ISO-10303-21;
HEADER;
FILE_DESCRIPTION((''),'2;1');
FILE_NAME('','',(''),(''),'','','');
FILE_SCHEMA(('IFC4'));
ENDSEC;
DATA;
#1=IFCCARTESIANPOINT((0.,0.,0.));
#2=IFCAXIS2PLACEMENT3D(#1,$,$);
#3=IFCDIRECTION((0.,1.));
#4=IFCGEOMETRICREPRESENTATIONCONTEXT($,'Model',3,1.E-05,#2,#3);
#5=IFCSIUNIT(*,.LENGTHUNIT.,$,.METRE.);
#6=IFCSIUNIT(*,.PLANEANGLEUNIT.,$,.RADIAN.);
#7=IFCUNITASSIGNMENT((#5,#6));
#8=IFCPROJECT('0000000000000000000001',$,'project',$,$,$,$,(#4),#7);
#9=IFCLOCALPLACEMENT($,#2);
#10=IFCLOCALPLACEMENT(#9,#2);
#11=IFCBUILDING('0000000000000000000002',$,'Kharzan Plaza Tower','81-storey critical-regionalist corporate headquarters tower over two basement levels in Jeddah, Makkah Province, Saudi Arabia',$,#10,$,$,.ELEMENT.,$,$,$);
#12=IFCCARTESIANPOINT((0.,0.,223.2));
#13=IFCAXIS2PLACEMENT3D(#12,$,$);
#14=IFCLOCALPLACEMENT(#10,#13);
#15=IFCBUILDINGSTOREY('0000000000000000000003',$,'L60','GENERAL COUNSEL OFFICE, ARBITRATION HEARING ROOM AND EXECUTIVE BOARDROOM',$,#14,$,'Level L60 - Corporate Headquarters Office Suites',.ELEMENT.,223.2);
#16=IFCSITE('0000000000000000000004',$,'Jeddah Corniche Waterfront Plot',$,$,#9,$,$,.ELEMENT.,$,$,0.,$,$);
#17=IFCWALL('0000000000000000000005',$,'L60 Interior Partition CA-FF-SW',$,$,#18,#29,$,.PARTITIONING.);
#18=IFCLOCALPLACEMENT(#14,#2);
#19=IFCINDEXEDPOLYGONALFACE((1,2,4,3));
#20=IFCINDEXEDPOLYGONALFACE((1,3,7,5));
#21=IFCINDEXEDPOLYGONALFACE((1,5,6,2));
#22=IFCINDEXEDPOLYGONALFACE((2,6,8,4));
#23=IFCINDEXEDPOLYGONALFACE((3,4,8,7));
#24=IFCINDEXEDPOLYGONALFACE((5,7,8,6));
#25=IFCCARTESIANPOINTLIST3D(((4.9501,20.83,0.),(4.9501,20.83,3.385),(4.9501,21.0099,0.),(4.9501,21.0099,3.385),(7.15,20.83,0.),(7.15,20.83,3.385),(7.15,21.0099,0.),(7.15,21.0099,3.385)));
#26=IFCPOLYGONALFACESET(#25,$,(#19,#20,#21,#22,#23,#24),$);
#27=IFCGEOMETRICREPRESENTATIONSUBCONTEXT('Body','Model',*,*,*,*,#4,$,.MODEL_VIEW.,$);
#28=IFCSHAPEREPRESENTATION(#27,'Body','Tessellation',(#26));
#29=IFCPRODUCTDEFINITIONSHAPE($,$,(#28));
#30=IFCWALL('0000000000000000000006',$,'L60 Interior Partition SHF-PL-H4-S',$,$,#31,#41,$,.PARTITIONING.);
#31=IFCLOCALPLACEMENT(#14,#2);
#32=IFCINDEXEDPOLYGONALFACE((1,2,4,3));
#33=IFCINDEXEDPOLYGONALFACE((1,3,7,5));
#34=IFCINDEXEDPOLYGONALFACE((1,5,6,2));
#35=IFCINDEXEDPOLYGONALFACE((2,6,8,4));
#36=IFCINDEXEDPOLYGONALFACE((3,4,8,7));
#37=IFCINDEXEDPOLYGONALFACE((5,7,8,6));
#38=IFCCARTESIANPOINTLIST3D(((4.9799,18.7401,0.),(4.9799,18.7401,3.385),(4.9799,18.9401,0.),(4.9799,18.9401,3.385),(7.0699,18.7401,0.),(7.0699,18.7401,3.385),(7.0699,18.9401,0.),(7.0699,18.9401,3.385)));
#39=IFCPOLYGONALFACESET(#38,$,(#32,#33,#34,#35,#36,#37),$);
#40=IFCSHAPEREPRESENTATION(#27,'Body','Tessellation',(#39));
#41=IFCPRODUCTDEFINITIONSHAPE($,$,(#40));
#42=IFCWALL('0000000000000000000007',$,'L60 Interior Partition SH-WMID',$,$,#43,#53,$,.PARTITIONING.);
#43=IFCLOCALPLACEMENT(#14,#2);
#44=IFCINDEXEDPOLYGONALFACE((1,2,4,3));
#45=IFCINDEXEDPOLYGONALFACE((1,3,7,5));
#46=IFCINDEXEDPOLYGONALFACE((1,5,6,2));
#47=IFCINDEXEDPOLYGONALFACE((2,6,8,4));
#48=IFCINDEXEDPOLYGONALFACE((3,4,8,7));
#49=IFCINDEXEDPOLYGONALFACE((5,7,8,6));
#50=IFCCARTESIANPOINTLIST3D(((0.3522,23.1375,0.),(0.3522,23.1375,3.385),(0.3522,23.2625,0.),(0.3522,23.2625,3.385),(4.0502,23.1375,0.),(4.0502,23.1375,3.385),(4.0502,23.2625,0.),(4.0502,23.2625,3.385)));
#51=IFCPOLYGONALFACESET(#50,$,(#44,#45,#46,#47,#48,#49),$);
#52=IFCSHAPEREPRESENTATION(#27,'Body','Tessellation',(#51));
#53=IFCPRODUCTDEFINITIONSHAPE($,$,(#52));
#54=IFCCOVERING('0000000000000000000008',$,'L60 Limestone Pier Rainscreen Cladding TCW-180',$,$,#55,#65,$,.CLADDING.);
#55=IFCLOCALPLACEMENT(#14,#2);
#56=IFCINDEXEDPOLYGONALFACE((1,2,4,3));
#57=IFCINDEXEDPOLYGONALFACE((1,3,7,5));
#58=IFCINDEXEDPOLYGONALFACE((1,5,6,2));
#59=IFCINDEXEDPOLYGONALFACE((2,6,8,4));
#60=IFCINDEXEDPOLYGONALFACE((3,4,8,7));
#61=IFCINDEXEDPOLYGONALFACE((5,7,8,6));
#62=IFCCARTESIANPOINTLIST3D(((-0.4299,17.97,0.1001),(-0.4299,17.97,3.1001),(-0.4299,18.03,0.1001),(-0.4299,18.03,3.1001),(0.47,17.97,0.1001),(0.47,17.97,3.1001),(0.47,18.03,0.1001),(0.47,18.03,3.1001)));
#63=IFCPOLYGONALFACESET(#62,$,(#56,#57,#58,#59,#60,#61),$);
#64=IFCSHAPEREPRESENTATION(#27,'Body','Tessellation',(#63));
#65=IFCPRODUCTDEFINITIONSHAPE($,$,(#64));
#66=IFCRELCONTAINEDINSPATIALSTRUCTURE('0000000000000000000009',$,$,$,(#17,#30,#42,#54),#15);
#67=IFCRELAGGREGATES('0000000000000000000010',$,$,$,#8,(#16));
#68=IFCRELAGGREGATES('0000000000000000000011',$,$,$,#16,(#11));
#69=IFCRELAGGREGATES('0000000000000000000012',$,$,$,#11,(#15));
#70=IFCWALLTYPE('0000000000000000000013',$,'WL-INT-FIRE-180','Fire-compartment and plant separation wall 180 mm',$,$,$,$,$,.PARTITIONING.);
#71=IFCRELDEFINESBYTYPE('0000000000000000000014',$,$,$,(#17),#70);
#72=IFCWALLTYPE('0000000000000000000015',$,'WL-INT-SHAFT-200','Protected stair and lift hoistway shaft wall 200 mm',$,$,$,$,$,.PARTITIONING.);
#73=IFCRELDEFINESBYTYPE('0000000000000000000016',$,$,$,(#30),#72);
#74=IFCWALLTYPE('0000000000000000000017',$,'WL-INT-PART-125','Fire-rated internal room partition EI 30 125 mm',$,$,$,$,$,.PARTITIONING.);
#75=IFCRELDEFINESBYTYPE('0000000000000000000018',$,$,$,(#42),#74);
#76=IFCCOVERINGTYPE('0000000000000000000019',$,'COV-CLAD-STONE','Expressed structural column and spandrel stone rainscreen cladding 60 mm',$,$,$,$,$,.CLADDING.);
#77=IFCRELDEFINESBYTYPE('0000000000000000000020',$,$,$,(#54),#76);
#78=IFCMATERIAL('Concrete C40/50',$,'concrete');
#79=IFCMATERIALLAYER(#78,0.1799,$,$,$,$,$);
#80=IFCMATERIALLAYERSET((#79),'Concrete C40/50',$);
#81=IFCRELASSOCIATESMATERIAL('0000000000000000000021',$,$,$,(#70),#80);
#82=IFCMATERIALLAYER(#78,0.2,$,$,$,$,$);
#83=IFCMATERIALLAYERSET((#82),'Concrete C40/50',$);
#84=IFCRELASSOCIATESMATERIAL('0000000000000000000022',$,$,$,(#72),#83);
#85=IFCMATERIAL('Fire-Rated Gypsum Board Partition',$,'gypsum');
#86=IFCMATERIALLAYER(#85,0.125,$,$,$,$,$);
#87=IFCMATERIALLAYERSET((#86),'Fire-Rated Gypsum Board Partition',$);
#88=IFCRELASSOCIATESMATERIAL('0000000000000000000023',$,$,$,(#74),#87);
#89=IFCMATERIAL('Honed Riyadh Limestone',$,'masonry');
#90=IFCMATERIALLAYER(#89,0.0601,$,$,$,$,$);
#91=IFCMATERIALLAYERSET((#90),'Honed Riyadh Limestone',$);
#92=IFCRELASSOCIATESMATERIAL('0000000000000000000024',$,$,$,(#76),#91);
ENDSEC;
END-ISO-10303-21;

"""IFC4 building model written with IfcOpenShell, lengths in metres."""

from ifc_helpers import new_model, si_unit, direction, frame, frame_2d, origin, origin_2d, place, context, subcontext, project, spatial, rectangle, extrude, source, transform, mapped, material, layer, layer_set, type_object, element, save


model = new_model("IFC4")

# Units and contexts
model_context = context("Model", 3, precision=1e-05, world=origin(), true_north=direction((0.0, 1.0)))
body_context = subcontext(model_context, "Body", "Model", "MODEL_VIEW")
ifc_project = project(units=[si_unit("LENGTHUNIT", "METRE"), si_unit("PLANEANGLEUNIT", "RADIAN")], contexts=[model_context])

# Site, building, storey
site_placement = place(None, origin())
site = spatial("IfcSite", under=ifc_project, at=site_placement, Name="Jeddah Corniche Waterfront Plot", CompositionType="ELEMENT", RefElevation=0.0)
building_placement = place(site_placement, origin())
building = spatial("IfcBuilding", under=site, at=building_placement, Name="Kharzan Plaza Tower", Description="81-storey critical-regionalist corporate headquarters tower over two basement levels in Jeddah, Makkah Province, Saudi Arabia", CompositionType="ELEMENT")
storey_placement = place(building_placement, frame((0.0, 0.0, 223.2)))
storey = spatial("IfcBuildingStorey", under=building, at=storey_placement, Name="L60", Description="GENERAL COUNSEL OFFICE, ARBITRATION HEARING ROOM AND EXECUTIVE BOARDROOM", LongName="Level L60 - Corporate Headquarters Office Suites", CompositionType="ELEMENT", Elevation=223.2)

# Shared definitions
ifc_material_1 = material(Name="Concrete C40/50", Category="concrete")

# Walls
ifc_layer_1 = layer(ifc_material_1, 0.1799)
ifc_layer_set_1 = layer_set([ifc_layer_1], Name="Concrete C40/50")
wall_type_1 = type_object("IfcWallType", Name="WL-INT-FIRE-180", Description="Fire-compartment and plant separation wall 180 mm", PredefinedType="PARTITIONING", material=ifc_layer_set_1)
shared_shape_1 = source(origin(), body_context, "Body", "SweptSolid", [
    extrude(rectangle(XDim=2.2, YDim=0.1799, at=frame_2d((1.1001, 0.0))), origin(), (0.0, 0.0, 1.0), 3.385),
])
wall_1_placement = place(storey_placement, frame((4.95, 20.9199, 0.0), z_axis=(0.0, 0.0, 1.0), x_axis=(1.0, 0.0, 0.0)))
element("IfcWall", 1, at=wall_1_placement, inside=storey, type_object=wall_type_1, Name="L60 Interior Partition CA-FF-SW", PredefinedType="PARTITIONING", context=body_context, shape_type="MappedRepresentation", body=[
    mapped(shared_shape_1, transform((0.0, 0.0, 0.0), x_axis=(1.0, 0.0, 0.0), y_axis=(0.0, 1.0, 0.0), z_axis=(0.0, 0.0, 1.0))),
])
ifc_layer_2 = layer(ifc_material_1, 0.2)
ifc_layer_set_2 = layer_set([ifc_layer_2], Name="Concrete C40/50")
wall_type_2 = type_object("IfcWallType", Name="WL-INT-SHAFT-200", Description="Protected stair and lift hoistway shaft wall 200 mm", PredefinedType="PARTITIONING", material=ifc_layer_set_2)
shared_shape_2 = source(origin(), body_context, "Body", "SweptSolid", [
    extrude(rectangle(XDim=2.0901, YDim=0.2, at=frame_2d((1.0449, 0.0))), origin(), (0.0, 0.0, 1.0), 3.385),
])
wall_2_placement = place(storey_placement, frame((4.98, 18.8401, 0.0), z_axis=(0.0, 0.0, 1.0), x_axis=(1.0, 0.0, 0.0)))
element("IfcWall", 2, at=wall_2_placement, inside=storey, type_object=wall_type_2, Name="L60 Interior Partition SHF-PL-H4-S", PredefinedType="PARTITIONING", context=body_context, shape_type="MappedRepresentation", body=[
    mapped(shared_shape_2, transform((0.0, 0.0, 0.0), x_axis=(1.0, 0.0, 0.0), y_axis=(0.0, 1.0, 0.0), z_axis=(0.0, 0.0, 1.0))),
])
ifc_material_2 = material(Name="Fire-Rated Gypsum Board Partition", Category="gypsum")
ifc_layer_3 = layer(ifc_material_2, 0.125)
ifc_layer_set_3 = layer_set([ifc_layer_3], Name="Fire-Rated Gypsum Board Partition")
wall_type_3 = type_object("IfcWallType", Name="WL-INT-PART-125", Description="Fire-rated internal room partition EI 30 125 mm", PredefinedType="PARTITIONING", material=ifc_layer_set_3)
shared_shape_3 = source(origin(), body_context, "Body", "SweptSolid", [
    extrude(rectangle(XDim=3.698, YDim=0.125, at=frame_2d((1.8491, 0.0))), origin(), (0.0, 0.0, 1.0), 3.385),
])
wall_3_placement = place(storey_placement, frame((0.3521, 23.2, 0.0), z_axis=(0.0, 0.0, 1.0), x_axis=(1.0, 0.0, 0.0)))
element("IfcWall", 3, at=wall_3_placement, inside=storey, type_object=wall_type_3, Name="L60 Interior Partition SH-WMID", PredefinedType="PARTITIONING", context=body_context, shape_type="MappedRepresentation", body=[
    mapped(shared_shape_3, transform((0.0, 0.0, 0.0), x_axis=(1.0, 0.0, 0.0), y_axis=(0.0, 1.0, 0.0), z_axis=(0.0, 0.0, 1.0))),
])

# Covering
ifc_material_3 = material(Name="Honed Riyadh Limestone", Category="masonry")
ifc_layer_4 = layer(ifc_material_3, 0.0601)
ifc_layer_set_4 = layer_set([ifc_layer_4], Name="Honed Riyadh Limestone")
covering_type = type_object("IfcCoveringType", Name="COV-CLAD-STONE", Description="Expressed structural column and spandrel stone rainscreen cladding 60 mm", PredefinedType="CLADDING", material=ifc_layer_set_4)
shared_shape_4 = source(origin(), body_context, "Body", "SweptSolid", [
    extrude(rectangle(XDim=0.0601, YDim=0.8999, at=origin_2d()), origin(), (0.0, 0.0, 1.0), 3.0),
])
covering_placement = place(storey_placement, frame((0.02, 18.0, 0.1001), z_axis=(0.0, 0.0, 1.0), x_axis=(0.0, 1.0, 0.0)))
element("IfcCovering", 4, at=covering_placement, inside=storey, type_object=covering_type, Name="L60 Limestone Pier Rainscreen Cladding TCW-180", PredefinedType="CLADDING", context=body_context, shape_type="MappedRepresentation", body=[
    mapped(shared_shape_4, transform((0.0, 0.0, 0.0), x_axis=(1.0, 0.0, 0.0), y_axis=(0.0, 1.0, 0.0), z_axis=(0.0, 0.0, 1.0))),
])

save(model, "model.ifc")
